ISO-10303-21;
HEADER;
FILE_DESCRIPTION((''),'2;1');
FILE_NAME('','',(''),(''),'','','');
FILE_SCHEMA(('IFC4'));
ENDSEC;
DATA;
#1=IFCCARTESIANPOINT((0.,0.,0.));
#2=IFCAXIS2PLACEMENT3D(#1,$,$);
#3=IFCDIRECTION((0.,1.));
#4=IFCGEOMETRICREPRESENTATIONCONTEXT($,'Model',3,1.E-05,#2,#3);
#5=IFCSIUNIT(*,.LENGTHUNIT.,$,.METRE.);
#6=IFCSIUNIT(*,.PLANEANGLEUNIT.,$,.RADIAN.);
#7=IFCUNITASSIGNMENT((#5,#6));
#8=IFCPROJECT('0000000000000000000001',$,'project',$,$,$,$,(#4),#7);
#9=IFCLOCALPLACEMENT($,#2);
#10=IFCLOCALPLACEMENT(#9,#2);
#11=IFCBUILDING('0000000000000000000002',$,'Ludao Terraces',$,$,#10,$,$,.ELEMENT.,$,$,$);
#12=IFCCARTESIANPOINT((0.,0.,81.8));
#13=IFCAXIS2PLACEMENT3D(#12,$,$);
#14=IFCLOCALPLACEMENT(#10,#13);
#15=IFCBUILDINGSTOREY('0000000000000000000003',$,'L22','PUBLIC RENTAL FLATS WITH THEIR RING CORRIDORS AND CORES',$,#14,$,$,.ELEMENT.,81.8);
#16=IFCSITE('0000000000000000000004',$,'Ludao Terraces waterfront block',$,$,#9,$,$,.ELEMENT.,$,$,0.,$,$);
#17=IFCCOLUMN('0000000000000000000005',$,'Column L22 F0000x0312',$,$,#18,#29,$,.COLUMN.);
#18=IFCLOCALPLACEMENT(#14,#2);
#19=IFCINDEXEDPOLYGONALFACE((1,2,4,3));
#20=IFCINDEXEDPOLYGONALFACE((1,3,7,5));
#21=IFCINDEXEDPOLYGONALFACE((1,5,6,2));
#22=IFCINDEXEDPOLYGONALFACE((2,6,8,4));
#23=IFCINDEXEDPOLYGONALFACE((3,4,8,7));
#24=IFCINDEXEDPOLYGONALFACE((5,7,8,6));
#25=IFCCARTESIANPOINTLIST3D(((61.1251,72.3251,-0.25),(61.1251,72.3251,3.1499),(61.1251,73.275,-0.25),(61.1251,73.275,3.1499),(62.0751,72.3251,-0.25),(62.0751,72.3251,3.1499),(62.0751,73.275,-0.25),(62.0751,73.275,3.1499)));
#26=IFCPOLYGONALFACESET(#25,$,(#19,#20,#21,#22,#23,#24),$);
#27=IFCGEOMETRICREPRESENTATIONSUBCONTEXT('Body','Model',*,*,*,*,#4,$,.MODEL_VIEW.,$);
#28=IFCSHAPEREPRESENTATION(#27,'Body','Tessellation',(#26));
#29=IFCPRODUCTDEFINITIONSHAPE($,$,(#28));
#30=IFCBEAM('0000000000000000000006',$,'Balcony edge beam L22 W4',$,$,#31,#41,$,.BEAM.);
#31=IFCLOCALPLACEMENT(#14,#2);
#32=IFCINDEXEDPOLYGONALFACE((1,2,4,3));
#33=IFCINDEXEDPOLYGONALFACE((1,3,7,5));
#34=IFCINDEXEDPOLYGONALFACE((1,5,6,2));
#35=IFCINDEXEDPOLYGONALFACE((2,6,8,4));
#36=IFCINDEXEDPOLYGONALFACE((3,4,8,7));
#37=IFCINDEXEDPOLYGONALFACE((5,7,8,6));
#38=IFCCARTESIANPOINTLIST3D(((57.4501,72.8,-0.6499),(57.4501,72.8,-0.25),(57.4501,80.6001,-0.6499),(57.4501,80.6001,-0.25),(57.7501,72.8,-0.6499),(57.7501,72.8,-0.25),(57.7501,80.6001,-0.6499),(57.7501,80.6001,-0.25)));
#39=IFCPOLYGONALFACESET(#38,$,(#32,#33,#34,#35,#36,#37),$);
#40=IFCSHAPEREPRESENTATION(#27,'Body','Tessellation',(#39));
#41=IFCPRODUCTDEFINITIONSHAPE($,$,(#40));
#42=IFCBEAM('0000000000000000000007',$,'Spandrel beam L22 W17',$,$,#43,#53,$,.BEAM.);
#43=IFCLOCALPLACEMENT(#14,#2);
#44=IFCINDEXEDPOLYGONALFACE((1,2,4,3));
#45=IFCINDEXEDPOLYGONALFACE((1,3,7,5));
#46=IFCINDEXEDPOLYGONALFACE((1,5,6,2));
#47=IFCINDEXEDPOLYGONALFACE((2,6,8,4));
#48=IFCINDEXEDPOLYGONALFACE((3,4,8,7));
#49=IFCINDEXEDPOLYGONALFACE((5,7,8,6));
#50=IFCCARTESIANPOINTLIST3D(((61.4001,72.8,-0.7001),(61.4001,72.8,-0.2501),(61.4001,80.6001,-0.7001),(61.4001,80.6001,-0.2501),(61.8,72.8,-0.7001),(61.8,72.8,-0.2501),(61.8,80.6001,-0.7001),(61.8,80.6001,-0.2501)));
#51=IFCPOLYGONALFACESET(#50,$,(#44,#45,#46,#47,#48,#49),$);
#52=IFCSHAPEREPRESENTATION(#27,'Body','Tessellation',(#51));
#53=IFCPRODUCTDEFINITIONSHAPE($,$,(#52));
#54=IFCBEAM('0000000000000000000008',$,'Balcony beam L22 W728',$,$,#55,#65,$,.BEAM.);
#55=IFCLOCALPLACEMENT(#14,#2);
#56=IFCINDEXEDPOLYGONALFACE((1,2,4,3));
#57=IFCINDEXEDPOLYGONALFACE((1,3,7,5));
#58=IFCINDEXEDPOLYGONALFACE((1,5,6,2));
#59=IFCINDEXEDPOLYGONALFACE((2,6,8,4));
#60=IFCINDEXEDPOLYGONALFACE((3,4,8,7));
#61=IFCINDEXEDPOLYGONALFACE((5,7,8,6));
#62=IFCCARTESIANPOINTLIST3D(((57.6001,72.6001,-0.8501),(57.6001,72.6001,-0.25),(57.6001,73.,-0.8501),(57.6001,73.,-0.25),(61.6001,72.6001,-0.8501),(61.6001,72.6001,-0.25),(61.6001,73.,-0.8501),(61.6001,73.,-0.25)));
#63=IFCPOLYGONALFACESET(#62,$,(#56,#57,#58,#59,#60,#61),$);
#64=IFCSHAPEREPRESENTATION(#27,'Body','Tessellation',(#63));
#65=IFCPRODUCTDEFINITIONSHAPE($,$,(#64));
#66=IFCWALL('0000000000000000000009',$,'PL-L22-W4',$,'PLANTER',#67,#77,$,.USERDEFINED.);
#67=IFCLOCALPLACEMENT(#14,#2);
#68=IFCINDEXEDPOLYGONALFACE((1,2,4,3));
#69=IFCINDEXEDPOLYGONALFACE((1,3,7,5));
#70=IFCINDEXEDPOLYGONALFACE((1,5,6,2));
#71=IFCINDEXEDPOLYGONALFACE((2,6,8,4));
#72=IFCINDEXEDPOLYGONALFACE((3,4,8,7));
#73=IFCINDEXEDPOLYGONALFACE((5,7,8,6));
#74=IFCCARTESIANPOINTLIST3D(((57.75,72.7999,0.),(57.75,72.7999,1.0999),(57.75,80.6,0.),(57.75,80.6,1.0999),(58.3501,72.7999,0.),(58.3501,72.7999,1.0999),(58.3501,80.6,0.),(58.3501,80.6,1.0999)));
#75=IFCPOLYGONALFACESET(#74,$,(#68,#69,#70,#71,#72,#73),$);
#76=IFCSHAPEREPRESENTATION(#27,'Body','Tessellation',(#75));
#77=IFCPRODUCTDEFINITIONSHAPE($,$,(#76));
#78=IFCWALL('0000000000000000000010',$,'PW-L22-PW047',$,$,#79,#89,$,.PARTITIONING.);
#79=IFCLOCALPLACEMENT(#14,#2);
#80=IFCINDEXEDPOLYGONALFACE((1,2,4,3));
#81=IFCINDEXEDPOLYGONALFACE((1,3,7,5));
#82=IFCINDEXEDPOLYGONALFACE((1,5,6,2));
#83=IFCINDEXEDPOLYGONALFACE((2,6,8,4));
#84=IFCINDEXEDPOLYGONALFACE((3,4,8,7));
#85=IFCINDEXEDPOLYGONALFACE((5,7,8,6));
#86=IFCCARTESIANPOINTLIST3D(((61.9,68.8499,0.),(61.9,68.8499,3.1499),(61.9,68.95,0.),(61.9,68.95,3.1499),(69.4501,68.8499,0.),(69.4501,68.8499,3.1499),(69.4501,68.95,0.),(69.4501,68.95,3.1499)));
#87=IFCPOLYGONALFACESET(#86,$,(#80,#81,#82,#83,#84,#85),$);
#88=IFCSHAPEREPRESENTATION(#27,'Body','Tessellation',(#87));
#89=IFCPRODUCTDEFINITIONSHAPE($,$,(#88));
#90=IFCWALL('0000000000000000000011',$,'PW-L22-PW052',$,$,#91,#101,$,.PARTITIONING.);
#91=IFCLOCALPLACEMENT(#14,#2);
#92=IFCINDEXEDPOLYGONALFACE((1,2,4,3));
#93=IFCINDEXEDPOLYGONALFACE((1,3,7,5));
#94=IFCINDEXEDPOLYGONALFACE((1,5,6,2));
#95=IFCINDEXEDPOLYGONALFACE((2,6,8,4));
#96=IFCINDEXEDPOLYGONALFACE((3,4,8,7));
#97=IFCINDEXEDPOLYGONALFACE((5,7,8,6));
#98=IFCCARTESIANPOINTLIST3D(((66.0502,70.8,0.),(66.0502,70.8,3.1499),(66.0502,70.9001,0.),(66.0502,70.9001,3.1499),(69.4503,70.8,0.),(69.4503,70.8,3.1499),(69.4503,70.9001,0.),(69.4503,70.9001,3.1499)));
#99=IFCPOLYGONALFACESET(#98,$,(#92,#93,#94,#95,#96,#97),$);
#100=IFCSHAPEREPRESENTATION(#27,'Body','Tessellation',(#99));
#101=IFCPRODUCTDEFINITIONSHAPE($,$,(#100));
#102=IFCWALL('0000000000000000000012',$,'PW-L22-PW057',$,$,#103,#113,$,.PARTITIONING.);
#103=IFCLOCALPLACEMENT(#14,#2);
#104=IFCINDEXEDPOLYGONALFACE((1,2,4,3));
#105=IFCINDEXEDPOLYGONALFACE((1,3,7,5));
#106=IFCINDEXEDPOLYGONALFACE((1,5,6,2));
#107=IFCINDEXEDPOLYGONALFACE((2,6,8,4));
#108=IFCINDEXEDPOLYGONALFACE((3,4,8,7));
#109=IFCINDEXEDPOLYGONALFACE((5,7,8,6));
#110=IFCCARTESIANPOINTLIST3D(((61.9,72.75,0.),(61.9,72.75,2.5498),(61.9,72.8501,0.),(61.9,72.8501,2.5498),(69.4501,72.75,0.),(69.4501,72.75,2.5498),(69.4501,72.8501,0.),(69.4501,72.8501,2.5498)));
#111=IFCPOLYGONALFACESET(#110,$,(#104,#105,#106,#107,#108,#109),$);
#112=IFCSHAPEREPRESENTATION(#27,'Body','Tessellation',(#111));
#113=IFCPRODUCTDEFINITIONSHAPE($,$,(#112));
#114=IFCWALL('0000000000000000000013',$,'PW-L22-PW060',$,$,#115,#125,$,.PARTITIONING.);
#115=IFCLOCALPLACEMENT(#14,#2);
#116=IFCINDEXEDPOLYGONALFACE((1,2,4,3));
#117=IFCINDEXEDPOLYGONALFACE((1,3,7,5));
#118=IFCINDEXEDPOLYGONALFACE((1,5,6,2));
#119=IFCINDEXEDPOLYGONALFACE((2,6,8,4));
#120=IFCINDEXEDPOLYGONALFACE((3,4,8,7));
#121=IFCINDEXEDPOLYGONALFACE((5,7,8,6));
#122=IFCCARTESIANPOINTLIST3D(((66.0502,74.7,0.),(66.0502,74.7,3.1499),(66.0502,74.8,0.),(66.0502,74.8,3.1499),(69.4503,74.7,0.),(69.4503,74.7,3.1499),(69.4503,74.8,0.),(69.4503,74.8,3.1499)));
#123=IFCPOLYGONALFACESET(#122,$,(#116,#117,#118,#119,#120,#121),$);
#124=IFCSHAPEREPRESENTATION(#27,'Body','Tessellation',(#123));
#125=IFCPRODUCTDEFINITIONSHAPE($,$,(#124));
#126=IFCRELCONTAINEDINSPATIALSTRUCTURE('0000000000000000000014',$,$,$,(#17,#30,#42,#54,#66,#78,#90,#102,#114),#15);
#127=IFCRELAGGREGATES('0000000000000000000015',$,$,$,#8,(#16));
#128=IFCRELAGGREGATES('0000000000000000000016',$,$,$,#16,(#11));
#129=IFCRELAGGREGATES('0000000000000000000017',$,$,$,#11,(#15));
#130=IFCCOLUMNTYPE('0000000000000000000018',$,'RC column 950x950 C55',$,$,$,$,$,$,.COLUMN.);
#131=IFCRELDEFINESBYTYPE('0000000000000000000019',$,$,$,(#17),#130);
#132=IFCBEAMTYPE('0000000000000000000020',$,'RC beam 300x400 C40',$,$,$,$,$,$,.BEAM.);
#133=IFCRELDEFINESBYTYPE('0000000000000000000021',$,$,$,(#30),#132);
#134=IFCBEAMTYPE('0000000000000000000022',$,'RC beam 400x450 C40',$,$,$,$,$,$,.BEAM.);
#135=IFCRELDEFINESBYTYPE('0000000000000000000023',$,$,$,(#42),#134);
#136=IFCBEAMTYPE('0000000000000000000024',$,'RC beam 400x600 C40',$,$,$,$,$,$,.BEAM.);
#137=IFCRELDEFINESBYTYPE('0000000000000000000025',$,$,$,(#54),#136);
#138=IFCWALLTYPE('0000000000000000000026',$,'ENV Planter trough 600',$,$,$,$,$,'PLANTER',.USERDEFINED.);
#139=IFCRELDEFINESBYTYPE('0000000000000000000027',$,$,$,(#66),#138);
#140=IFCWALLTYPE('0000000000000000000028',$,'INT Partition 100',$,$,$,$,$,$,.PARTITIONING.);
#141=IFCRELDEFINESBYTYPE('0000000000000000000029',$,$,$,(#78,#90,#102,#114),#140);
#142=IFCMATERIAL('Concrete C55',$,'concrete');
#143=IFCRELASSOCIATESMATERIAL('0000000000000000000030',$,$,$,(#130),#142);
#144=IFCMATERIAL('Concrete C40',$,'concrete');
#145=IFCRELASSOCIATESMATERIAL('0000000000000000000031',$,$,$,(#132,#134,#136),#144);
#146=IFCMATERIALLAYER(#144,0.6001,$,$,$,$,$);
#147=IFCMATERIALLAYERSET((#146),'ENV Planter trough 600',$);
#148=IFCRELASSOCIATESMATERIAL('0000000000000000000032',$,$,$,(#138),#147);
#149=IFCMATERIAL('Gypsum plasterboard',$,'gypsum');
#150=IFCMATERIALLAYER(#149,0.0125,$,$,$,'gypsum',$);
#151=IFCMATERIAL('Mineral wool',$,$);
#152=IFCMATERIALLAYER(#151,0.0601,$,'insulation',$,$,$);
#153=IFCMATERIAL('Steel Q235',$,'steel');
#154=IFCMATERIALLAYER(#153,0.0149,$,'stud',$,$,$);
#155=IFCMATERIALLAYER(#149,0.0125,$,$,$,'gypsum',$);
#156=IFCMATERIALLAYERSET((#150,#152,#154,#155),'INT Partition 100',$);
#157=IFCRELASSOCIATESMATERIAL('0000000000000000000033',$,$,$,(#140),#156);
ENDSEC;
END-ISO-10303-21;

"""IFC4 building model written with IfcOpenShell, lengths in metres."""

from ifc_helpers import new_model, si_unit, direction, frame, frame_2d, origin, origin_2d, place, context, subcontext, project, spatial, rectangle, extrude, material, layer, layer_set, material_profile, profile_set, type_object, element, save


model = new_model("IFC4")

# Units and contexts
model_context = context("Model", 3, precision=1e-05, world=origin(), true_north=direction((0.0, 1.0)))
body_context = subcontext(model_context, "Body", "Model", "MODEL_VIEW")
ifc_project = project(units=[si_unit("LENGTHUNIT", "METRE"), si_unit("PLANEANGLEUNIT", "RADIAN")], contexts=[model_context])

# Site, building, storey
site_placement = place(None, origin())
site = spatial("IfcSite", under=ifc_project, at=site_placement, Name="Ludao Terraces waterfront block", CompositionType="ELEMENT", RefElevation=0.0)
building_placement = place(site_placement, origin())
building = spatial("IfcBuilding", under=site, at=building_placement, Name="Ludao Terraces", CompositionType="ELEMENT")
storey_placement = place(building_placement, frame((0.0, 0.0, 81.8)))
storey = spatial("IfcBuildingStorey", under=building, at=storey_placement, Name="L22", Description="PUBLIC RENTAL FLATS WITH THEIR RING CORRIDORS AND CORES", CompositionType="ELEMENT", Elevation=81.8)

# Column
ifc_material_1 = material(Name="Concrete C55", Category="concrete")
ifc_material_profile_1 = material_profile(ifc_material_1, rectangle(XDim=0.95, YDim=0.95, at=origin_2d()), Name="950 X 950")
ifc_profile_set_1 = profile_set([ifc_material_profile_1], Name="Concrete C55")
column_type = type_object("IfcColumnType", Name="RC column 950x950 C55", PredefinedType="COLUMN", material=ifc_profile_set_1)
column_placement = place(storey_placement, frame((61.6001, 72.8, -0.25), z_axis=(0.0, 0.0, 1.0), x_axis=(1.0, 0.0, 0.0)))
element("IfcColumn", 1, at=column_placement, inside=storey, type_object=column_type, Name="Column L22 F0000x0312", PredefinedType="COLUMN", context=body_context, shape_type="SweptSolid", body=[
    extrude(rectangle(XDim=0.95, YDim=0.95, at=origin_2d()), origin(), (0.0, 0.0, 1.0), 3.3999),
])

# Beams
ifc_material_2 = material(Name="Concrete C40", Category="concrete")
ifc_material_profile_2 = material_profile(ifc_material_2, rectangle(XDim=0.3, YDim=0.3999, at=origin_2d()), Name="300 X 400")
ifc_profile_set_2 = profile_set([ifc_material_profile_2], Name="Concrete C40")
beam_type_1 = type_object("IfcBeamType", Name="RC beam 300x400 C40", PredefinedType="BEAM", material=ifc_profile_set_2)
beam_1_placement = place(storey_placement, frame((57.6001, 72.8, -0.45), z_axis=(0.0, 1.0, 0.0), x_axis=(-1.0, 0.0, 0.0)))
element("IfcBeam", 2, at=beam_1_placement, inside=storey, type_object=beam_type_1, Name="Balcony edge beam L22 W4", PredefinedType="BEAM", context=body_context, shape_type="SweptSolid", body=[
    extrude(rectangle(XDim=0.3, YDim=0.3999, at=origin_2d()), origin(), (0.0, 0.0, 1.0), 7.8),
])
ifc_material_profile_3 = material_profile(ifc_material_2, rectangle(XDim=0.3999, YDim=0.45, at=origin_2d()), Name="400 X 450")
ifc_profile_set_3 = profile_set([ifc_material_profile_3], Name="Concrete C40")
beam_type_2 = type_object("IfcBeamType", Name="RC beam 400x450 C40", PredefinedType="BEAM", material=ifc_profile_set_3)
beam_2_placement = place(storey_placement, frame((61.6001, 72.8, -0.4751), z_axis=(0.0, 1.0, 0.0), x_axis=(-1.0, 0.0, 0.0)))
element("IfcBeam", 3, at=beam_2_placement, inside=storey, type_object=beam_type_2, Name="Spandrel beam L22 W17", PredefinedType="BEAM", context=body_context, shape_type="SweptSolid", body=[
    extrude(rectangle(XDim=0.3999, YDim=0.45, at=origin_2d()), origin(), (0.0, 0.0, 1.0), 7.8),
])
ifc_material_profile_4 = material_profile(ifc_material_2, rectangle(XDim=0.3999, YDim=0.6001, at=origin_2d()), Name="400 X 600")
ifc_profile_set_4 = profile_set([ifc_material_profile_4], Name="Concrete C40")
beam_type_3 = type_object("IfcBeamType", Name="RC beam 400x600 C40", PredefinedType="BEAM", material=ifc_profile_set_4)
beam_3_placement = place(storey_placement, frame((61.6001, 72.8, -0.55), z_axis=(-1.0, 0.0, 0.0), x_axis=(0.0, -1.0, 0.0)))
element("IfcBeam", 4, at=beam_3_placement, inside=storey, type_object=beam_type_3, Name="Balcony beam L22 W728", PredefinedType="BEAM", context=body_context, shape_type="SweptSolid", body=[
    extrude(rectangle(XDim=0.3999, YDim=0.6001, at=origin_2d()), origin(), (0.0, 0.0, 1.0), 4.0),
])

# Wall
ifc_layer_1 = layer(ifc_material_2, 0.6001)
ifc_layer_set_1 = layer_set([ifc_layer_1], Name="ENV Planter trough 600")
wall_type_1 = type_object("IfcWallType", Name="ENV Planter trough 600", ElementType="PLANTER", PredefinedType="USERDEFINED", material=ifc_layer_set_1)
wall_1_placement = place(storey_placement, frame((58.05, 72.8, 0.0), z_axis=(0.0, 0.0, 1.0), x_axis=(0.0, 1.0, 0.0)))
element("IfcWall", 5, at=wall_1_placement, inside=storey, type_object=wall_type_1, Name="PL-L22-W4", ObjectType="PLANTER", PredefinedType="USERDEFINED", context=body_context, shape_type="SweptSolid", body=[
    extrude(rectangle(XDim=7.8, YDim=0.6001, at=frame_2d((3.8999, 0.0))), origin(), (0.0, 0.0, 1.0), 1.0999),
])

# Shared definitions
ifc_material_3 = material(Name="Mineral wool")

# Walls
ifc_material_4 = material(Name="Gypsum plasterboard", Category="gypsum")
ifc_layer_2 = layer(ifc_material_4, 0.0125, Category="gypsum")
ifc_layer_3 = layer(ifc_material_3, 0.0601, Name="insulation")
ifc_material_5 = material(Name="Steel Q235", Category="steel")
ifc_layer_4 = layer(ifc_material_5, 0.0149, Name="stud")
ifc_layer_5 = layer(ifc_material_4, 0.0125, Category="gypsum")
ifc_layer_set_2 = layer_set([ifc_layer_2, ifc_layer_3, ifc_layer_4, ifc_layer_5], Name="INT Partition 100")
wall_type_2 = type_object("IfcWallType", Name="INT Partition 100", PredefinedType="PARTITIONING", material=ifc_layer_set_2)
wall_2_placement = place(storey_placement, frame((61.9001, 68.8999, 0.0), z_axis=(0.0, 0.0, 1.0), x_axis=(1.0, 0.0, 0.0)))
element("IfcWall", 6, at=wall_2_placement, inside=storey, type_object=wall_type_2, Name="PW-L22-PW047", PredefinedType="PARTITIONING", context=body_context, shape_type="SweptSolid", body=[
    extrude(rectangle(XDim=7.55, YDim=0.1001, at=frame_2d((3.7749, 0.0))), origin(), (0.0, 0.0, 1.0), 3.1499),
])
wall_3_placement = place(storey_placement, frame((66.05, 70.8501, 0.0), z_axis=(0.0, 0.0, 1.0), x_axis=(1.0, 0.0, 0.0)))
element("IfcWall", 7, at=wall_3_placement, inside=storey, type_object=wall_type_2, Name="PW-L22-PW052", PredefinedType="PARTITIONING", context=body_context, shape_type="SweptSolid", body=[
    extrude(rectangle(XDim=3.4001, YDim=0.1001, at=frame_2d((1.7002, 0.0))), origin(), (0.0, 0.0, 1.0), 3.1499),
])
wall_4_placement = place(storey_placement, frame((61.9001, 72.8, 0.0), z_axis=(0.0, 0.0, 1.0), x_axis=(1.0, 0.0, 0.0)))
element("IfcWall", 8, at=wall_4_placement, inside=storey, type_object=wall_type_2, Name="PW-L22-PW057", PredefinedType="PARTITIONING", context=body_context, shape_type="SweptSolid", body=[
    extrude(rectangle(XDim=7.55, YDim=0.1001, at=frame_2d((3.7749, 0.0))), origin(), (0.0, 0.0, 1.0), 2.5498),
])
wall_5_placement = place(storey_placement, frame((66.05, 74.75, 0.0), z_axis=(0.0, 0.0, 1.0), x_axis=(1.0, 0.0, 0.0)))
element("IfcWall", 9, at=wall_5_placement, inside=storey, type_object=wall_type_2, Name="PW-L22-PW060", PredefinedType="PARTITIONING", context=body_context, shape_type="SweptSolid", body=[
    extrude(rectangle(XDim=3.4001, YDim=0.1001, at=frame_2d((1.7002, 0.0))), origin(), (0.0, 0.0, 1.0), 3.1499),
])

save(model, "model.ifc")
